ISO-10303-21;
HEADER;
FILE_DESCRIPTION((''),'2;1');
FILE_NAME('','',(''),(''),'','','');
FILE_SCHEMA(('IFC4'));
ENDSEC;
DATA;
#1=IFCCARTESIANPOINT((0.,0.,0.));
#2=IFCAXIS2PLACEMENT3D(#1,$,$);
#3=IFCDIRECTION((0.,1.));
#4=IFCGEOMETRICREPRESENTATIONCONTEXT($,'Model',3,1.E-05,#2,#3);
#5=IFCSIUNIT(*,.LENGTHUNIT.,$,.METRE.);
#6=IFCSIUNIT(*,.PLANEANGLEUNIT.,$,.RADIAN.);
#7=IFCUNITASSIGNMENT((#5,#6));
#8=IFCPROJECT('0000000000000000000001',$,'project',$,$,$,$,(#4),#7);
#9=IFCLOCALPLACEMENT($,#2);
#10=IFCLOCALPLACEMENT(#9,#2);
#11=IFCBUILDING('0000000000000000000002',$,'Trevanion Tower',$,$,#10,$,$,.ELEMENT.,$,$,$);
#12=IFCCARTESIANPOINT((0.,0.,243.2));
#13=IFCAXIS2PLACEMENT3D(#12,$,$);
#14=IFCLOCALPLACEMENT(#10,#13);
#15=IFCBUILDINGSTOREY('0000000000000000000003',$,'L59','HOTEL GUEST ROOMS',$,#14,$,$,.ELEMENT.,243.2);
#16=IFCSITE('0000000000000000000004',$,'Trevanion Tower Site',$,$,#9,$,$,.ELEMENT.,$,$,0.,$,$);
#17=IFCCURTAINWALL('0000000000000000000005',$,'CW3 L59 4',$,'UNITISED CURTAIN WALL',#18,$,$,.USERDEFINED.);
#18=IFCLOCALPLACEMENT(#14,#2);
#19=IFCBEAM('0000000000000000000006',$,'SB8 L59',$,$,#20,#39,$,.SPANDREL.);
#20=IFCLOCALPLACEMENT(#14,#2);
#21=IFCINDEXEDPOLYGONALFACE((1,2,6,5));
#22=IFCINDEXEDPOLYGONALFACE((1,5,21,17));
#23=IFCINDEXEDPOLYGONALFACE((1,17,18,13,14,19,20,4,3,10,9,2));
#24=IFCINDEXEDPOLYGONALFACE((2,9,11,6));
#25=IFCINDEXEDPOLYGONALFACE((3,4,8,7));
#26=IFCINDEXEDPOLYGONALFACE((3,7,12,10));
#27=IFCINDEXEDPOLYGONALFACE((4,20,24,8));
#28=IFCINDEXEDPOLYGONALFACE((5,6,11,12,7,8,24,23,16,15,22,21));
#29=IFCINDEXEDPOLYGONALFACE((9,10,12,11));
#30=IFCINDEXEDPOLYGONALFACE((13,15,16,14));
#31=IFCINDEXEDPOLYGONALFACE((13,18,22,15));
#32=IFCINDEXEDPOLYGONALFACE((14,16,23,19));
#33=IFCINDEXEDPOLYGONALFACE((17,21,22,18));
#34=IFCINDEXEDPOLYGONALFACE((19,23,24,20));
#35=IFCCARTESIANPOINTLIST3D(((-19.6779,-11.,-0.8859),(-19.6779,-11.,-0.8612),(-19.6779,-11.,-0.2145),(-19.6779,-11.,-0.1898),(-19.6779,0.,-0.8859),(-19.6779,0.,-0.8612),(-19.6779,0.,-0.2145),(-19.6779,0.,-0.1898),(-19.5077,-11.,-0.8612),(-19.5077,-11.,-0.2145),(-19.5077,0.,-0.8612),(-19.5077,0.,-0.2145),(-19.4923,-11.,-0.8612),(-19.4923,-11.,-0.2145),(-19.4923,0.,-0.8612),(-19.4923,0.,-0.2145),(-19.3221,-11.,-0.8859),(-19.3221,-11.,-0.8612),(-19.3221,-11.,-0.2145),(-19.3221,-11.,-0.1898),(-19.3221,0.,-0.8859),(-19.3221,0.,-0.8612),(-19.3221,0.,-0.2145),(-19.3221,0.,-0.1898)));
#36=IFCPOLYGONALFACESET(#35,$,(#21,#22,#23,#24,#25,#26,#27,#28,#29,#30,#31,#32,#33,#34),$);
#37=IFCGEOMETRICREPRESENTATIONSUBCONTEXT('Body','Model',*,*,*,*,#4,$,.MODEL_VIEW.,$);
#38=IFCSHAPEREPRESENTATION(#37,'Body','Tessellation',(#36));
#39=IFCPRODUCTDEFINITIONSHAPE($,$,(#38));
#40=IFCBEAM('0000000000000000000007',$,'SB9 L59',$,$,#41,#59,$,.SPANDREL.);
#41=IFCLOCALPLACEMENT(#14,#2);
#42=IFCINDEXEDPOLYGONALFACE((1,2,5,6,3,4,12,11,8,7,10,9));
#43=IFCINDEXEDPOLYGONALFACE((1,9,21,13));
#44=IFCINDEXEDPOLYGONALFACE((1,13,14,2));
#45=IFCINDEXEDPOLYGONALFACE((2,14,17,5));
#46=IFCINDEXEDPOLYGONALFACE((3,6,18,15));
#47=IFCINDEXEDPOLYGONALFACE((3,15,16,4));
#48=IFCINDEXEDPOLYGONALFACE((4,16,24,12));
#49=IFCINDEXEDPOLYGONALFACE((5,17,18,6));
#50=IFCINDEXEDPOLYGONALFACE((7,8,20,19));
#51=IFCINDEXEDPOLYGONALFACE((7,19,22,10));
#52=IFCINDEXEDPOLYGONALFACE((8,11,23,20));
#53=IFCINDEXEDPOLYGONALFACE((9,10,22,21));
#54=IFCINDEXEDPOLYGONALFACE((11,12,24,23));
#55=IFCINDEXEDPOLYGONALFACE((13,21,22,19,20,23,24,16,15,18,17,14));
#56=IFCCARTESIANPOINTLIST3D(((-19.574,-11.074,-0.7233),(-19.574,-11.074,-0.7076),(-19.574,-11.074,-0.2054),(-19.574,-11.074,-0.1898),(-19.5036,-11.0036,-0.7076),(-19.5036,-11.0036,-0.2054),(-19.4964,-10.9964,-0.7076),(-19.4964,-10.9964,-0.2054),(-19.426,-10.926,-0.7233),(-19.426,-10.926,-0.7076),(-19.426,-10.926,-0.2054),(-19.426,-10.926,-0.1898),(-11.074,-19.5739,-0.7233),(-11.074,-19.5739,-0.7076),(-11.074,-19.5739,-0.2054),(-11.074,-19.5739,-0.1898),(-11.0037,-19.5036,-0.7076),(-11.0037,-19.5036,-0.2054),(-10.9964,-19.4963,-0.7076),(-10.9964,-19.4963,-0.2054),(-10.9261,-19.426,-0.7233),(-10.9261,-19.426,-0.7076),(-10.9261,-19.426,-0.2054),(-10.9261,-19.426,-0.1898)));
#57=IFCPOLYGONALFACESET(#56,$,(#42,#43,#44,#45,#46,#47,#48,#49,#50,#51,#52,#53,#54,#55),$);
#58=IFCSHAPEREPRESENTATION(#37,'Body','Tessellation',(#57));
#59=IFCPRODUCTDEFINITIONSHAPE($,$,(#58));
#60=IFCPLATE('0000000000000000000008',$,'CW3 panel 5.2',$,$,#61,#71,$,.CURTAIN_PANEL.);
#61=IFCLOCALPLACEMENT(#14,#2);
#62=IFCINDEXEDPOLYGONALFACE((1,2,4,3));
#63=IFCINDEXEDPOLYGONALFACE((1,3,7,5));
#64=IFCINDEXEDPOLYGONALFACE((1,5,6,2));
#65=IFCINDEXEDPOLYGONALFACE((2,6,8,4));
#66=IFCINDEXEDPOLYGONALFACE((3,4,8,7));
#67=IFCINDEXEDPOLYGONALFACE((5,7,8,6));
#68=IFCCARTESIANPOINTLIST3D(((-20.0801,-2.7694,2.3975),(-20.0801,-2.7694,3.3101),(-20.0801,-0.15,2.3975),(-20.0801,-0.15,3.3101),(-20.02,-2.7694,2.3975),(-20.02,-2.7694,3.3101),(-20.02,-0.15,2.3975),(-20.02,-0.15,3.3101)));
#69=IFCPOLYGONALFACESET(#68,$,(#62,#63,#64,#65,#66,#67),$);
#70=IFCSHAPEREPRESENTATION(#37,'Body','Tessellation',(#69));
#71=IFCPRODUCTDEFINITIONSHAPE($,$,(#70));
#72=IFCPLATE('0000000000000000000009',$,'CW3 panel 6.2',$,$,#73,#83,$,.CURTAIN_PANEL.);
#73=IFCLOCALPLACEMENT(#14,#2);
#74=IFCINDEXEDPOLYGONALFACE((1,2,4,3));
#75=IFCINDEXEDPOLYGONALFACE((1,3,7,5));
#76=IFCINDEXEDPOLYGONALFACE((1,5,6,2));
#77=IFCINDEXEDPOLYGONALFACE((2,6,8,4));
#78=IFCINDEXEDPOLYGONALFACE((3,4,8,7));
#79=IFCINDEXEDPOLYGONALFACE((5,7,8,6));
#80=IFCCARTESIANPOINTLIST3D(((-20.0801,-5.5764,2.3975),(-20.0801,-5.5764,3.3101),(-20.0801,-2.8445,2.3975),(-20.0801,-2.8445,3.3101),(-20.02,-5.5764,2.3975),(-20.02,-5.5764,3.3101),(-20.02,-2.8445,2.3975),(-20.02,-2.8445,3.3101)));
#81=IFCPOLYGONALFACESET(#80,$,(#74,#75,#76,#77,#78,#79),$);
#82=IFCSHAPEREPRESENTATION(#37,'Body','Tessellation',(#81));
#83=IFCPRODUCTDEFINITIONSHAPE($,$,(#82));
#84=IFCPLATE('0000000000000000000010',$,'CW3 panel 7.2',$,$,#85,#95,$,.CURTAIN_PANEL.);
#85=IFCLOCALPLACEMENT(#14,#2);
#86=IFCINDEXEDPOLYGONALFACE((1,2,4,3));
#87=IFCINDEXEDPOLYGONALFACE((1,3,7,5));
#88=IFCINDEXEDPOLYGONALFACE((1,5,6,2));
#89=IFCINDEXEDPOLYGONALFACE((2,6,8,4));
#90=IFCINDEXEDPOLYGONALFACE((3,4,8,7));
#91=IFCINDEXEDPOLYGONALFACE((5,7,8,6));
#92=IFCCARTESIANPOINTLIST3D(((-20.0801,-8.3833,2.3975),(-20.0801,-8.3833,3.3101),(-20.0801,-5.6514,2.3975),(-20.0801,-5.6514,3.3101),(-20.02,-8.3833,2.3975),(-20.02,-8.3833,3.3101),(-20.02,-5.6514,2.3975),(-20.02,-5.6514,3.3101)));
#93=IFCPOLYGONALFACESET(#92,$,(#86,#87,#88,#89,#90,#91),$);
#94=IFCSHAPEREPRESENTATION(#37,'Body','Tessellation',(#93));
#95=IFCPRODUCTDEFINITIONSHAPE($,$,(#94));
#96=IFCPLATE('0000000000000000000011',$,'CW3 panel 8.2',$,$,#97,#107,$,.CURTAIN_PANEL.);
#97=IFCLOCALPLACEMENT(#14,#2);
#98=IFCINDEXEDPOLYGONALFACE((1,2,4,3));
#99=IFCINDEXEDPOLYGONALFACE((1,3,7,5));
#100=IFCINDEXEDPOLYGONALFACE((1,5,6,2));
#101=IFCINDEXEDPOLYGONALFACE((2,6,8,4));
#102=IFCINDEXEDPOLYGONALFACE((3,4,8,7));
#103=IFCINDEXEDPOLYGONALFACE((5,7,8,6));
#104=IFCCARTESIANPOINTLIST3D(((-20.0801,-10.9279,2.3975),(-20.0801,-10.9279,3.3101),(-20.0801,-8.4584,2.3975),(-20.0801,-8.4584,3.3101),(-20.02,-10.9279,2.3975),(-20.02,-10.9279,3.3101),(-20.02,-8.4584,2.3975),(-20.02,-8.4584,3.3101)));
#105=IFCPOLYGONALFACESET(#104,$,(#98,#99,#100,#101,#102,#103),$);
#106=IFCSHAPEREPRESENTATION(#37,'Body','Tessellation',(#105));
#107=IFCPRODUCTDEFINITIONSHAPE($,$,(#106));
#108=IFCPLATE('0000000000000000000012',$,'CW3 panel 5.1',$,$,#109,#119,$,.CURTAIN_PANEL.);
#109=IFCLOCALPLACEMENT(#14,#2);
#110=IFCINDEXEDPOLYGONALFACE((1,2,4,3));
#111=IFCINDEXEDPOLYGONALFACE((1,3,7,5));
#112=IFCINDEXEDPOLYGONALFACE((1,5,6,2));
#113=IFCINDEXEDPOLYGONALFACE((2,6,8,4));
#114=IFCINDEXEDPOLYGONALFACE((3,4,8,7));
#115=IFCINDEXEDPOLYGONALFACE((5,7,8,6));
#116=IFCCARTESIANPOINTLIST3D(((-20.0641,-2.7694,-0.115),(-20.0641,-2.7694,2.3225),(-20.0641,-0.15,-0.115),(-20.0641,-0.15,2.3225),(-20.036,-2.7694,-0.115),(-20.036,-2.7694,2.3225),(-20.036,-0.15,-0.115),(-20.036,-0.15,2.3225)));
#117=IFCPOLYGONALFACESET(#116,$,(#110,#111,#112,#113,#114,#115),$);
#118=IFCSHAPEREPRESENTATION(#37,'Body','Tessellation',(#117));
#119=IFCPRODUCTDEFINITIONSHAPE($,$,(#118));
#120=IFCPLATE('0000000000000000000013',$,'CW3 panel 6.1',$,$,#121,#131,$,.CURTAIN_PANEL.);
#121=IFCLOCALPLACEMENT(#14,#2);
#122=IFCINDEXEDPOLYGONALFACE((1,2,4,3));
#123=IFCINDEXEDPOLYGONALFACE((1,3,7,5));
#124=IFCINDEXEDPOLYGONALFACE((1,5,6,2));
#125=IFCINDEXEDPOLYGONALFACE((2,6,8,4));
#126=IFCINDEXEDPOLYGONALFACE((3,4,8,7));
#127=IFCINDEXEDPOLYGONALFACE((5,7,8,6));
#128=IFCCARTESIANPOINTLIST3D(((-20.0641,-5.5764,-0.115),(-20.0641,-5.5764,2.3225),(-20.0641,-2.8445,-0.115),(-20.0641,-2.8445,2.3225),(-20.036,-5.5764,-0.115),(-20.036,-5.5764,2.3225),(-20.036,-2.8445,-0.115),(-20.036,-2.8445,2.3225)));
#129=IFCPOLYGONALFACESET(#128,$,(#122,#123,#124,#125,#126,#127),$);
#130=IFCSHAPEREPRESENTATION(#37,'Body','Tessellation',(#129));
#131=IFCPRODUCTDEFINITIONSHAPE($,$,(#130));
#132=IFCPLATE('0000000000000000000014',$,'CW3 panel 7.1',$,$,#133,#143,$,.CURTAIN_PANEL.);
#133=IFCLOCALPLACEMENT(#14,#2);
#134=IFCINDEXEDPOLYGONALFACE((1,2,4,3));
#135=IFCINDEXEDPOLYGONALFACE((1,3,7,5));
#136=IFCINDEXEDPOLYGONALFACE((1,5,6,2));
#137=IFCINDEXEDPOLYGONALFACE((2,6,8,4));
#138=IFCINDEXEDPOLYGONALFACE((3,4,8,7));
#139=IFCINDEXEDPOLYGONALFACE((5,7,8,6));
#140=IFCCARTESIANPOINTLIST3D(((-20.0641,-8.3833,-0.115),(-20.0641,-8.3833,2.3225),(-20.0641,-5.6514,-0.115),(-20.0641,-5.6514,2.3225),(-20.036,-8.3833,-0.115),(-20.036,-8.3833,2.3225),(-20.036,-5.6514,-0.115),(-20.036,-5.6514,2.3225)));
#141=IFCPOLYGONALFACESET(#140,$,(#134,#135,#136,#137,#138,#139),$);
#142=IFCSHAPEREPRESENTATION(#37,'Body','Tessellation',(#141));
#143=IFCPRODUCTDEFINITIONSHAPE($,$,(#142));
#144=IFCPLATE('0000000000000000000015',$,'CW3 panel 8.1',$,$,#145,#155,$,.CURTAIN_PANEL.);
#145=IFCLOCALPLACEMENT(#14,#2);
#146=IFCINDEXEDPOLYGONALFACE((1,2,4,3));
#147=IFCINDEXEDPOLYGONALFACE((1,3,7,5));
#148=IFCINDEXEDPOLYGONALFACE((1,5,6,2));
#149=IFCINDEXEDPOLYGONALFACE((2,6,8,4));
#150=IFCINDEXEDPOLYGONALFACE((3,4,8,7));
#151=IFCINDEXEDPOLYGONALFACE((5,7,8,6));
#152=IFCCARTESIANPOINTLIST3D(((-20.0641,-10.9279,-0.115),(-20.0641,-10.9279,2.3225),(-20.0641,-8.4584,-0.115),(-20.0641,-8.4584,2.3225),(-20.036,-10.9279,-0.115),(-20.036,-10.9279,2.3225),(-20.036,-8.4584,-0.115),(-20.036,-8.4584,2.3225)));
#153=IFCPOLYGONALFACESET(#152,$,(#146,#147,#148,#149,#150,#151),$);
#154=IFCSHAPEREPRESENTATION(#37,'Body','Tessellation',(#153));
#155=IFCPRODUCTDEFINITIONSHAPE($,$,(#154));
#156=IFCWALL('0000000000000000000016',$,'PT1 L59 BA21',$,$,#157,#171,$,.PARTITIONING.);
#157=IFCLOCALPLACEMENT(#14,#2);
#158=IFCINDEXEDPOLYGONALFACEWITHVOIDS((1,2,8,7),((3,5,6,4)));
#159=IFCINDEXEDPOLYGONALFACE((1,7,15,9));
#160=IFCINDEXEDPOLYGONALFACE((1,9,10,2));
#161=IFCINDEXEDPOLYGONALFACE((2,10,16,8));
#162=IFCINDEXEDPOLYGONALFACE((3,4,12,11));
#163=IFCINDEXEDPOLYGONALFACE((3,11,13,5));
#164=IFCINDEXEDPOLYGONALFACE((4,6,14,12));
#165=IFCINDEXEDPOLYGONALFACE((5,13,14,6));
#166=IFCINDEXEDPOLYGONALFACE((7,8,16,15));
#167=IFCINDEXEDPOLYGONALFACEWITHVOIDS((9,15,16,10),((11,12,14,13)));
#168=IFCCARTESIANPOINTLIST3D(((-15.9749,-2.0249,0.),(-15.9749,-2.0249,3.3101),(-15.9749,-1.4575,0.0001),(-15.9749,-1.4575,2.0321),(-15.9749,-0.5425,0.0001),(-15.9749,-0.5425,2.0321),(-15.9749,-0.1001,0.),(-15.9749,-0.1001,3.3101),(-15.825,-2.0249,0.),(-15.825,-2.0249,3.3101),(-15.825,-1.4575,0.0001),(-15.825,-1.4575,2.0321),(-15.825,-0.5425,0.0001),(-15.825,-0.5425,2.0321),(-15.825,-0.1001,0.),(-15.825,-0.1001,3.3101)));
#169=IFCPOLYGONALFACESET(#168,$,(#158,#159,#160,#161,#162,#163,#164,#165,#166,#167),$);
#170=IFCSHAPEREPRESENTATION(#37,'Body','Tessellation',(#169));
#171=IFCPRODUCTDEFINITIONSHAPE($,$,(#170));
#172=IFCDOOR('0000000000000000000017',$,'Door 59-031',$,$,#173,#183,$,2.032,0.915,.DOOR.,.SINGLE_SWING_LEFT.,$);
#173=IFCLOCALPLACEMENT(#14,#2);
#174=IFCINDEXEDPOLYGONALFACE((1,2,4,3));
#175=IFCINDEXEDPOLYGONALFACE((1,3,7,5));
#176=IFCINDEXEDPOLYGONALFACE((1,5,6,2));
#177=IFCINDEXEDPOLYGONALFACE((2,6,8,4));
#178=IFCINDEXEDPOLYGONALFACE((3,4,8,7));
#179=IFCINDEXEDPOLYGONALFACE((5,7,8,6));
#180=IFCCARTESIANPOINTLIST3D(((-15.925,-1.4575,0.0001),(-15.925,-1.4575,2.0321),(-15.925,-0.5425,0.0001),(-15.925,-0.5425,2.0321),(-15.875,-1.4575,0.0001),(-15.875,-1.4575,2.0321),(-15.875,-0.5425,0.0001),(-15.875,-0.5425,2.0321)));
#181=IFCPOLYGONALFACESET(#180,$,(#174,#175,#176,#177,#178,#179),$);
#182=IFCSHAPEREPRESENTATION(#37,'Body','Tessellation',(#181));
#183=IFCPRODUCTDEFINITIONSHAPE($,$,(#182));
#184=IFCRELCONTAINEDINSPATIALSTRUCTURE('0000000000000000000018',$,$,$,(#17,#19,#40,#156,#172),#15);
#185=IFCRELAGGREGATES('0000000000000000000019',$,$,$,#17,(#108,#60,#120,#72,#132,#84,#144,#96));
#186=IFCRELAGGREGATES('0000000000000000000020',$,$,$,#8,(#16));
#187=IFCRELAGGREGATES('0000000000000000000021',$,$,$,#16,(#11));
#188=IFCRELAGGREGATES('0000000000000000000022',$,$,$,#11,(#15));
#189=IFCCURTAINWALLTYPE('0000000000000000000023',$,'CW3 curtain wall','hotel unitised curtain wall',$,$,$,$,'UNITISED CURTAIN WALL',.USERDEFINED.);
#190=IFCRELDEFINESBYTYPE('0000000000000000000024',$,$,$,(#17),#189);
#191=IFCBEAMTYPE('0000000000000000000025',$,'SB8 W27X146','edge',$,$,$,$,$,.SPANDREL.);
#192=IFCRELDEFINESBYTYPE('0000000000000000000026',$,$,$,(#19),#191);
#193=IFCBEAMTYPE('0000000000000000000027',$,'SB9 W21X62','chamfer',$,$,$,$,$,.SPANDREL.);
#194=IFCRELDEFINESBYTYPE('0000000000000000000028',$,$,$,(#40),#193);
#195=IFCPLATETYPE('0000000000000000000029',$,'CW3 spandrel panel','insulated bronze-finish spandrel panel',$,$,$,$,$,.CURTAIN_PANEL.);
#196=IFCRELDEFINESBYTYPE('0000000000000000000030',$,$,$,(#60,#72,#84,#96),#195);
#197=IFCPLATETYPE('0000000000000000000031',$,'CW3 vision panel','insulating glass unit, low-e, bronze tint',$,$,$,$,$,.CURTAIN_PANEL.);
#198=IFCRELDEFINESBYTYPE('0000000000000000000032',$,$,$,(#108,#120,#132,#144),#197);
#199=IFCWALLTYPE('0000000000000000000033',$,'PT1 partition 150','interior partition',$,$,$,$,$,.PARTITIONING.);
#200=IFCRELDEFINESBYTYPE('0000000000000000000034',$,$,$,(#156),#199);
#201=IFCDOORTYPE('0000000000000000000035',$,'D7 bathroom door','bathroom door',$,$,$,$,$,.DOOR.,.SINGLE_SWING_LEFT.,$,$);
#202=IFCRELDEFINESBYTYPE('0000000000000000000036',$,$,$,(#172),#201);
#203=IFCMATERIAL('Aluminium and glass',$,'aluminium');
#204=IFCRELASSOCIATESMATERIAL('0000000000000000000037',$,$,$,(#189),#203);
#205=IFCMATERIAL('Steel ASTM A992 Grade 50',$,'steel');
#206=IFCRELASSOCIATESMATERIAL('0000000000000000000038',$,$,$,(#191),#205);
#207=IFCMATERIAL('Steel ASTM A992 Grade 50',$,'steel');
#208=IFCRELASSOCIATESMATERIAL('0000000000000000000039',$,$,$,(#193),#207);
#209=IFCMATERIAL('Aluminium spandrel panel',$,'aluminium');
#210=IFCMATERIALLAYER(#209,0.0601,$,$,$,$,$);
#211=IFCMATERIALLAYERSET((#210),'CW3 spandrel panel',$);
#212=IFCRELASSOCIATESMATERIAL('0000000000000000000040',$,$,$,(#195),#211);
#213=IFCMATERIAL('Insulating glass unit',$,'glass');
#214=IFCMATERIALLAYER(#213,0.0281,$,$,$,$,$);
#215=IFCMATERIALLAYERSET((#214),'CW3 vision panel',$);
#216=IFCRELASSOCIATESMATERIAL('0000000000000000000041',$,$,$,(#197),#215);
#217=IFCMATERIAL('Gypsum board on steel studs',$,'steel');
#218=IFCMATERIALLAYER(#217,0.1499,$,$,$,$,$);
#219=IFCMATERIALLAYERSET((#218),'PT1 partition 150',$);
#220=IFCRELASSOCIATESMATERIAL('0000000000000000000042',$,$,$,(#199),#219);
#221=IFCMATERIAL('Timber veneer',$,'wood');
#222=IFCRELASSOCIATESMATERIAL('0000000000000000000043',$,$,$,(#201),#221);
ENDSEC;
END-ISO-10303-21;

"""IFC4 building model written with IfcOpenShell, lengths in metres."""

from ifc_helpers import new_model, si_unit, direction, frame, frame_2d, origin, origin_2d, place, context, subcontext, project, spatial, rectangle, i_section, extrude, material, layer, layer_set, material_profile, profile_set, type_object, element, fill, aggregate, save


model = new_model("IFC4")

# Units and contexts
model_context = context("Model", 3, precision=1e-05, world=origin(), true_north=direction((0.0, 1.0)))
body_context = subcontext(model_context, "Body", "Model", "MODEL_VIEW")
ifc_project = project(units=[si_unit("LENGTHUNIT", "METRE"), si_unit("PLANEANGLEUNIT", "RADIAN")], contexts=[model_context])

# Site, building, storey
site_placement = place(None, origin())
site = spatial("IfcSite", under=ifc_project, at=site_placement, Name="Trevanion Tower Site", CompositionType="ELEMENT", RefElevation=0.0)
building_placement = place(site_placement, origin())
building = spatial("IfcBuilding", under=site, at=building_placement, Name="Trevanion Tower", CompositionType="ELEMENT")
storey_placement = place(building_placement, frame((0.0, 0.0, 243.2)))
storey = spatial("IfcBuildingStorey", under=building, at=storey_placement, Name="L59", Description="HOTEL GUEST ROOMS", CompositionType="ELEMENT", Elevation=243.2)

# Curtain wall
ifc_material_1 = material(Name="Aluminium and glass", Category="aluminium")
curtain_wall_type = type_object("IfcCurtainWallType", Name="CW3 curtain wall", Description="hotel unitised curtain wall", ElementType="UNITISED CURTAIN WALL", PredefinedType="USERDEFINED", material=ifc_material_1)
curtain_wall_placement = place(storey_placement, origin())
curtain_wall = element("IfcCurtainWall", 1, at=curtain_wall_placement, inside=storey, type_object=curtain_wall_type, Name="CW3 L59 4", ObjectType="UNITISED CURTAIN WALL", PredefinedType="USERDEFINED")

# Beams
ifc_material_2 = material(Name="Steel ASTM A992 Grade 50", Category="steel")
ifc_material_profile_1 = material_profile(ifc_material_2, i_section(OverallWidth=0.3557, OverallDepth=0.696, WebThickness=0.0154, FlangeThickness=0.0247, at=origin_2d()), Name="W27X146")
ifc_profile_set_1 = profile_set([ifc_material_profile_1], Name="Steel ASTM A992 Grade 50")
beam_type_1 = type_object("IfcBeamType", Name="SB8 W27X146", Description="edge", PredefinedType="SPANDREL", material=ifc_profile_set_1)
beam_1_placement = place(storey_placement, frame((-19.5, 0.0, -0.5378), z_axis=(0.0, -1.0, 0.0), x_axis=(1.0, 0.0, 0.0)))
element("IfcBeam", 2, at=beam_1_placement, inside=storey, type_object=beam_type_1, Name="SB8 L59", PredefinedType="SPANDREL", context=body_context, shape_type="SweptSolid", body=[
    extrude(i_section(OverallWidth=0.3557, OverallDepth=0.696, WebThickness=0.0154, FlangeThickness=0.0247, at=origin_2d()), origin(), (0.0, 0.0, 1.0), 11.0),
])
ifc_material_3 = material(Name="Steel ASTM A992 Grade 50", Category="steel")
ifc_material_profile_2 = material_profile(ifc_material_3, i_section(OverallWidth=0.2092, OverallDepth=0.5334, WebThickness=0.0103, FlangeThickness=0.0156, at=origin_2d()), Name="W21X62")
ifc_profile_set_2 = profile_set([ifc_material_profile_2], Name="Steel ASTM A992 Grade 50")
beam_type_2 = type_object("IfcBeamType", Name="SB9 W21X62", Description="chamfer", PredefinedType="SPANDREL", material=ifc_profile_set_2)
beam_2_placement = place(storey_placement, frame((-19.5, -11.0, -0.4565), z_axis=(0.707107, -0.707107, 0.0), x_axis=(0.707107, 0.707107, 0.0)))
element("IfcBeam", 3, at=beam_2_placement, inside=storey, type_object=beam_type_2, Name="SB9 L59", PredefinedType="SPANDREL", context=body_context, shape_type="SweptSolid", body=[
    extrude(i_section(OverallWidth=0.2092, OverallDepth=0.5334, WebThickness=0.0103, FlangeThickness=0.0156, at=origin_2d()), origin(), (0.0, 0.0, 1.0), 12.0208),
])

# Plates
ifc_material_4 = material(Name="Aluminium spandrel panel", Category="aluminium")
ifc_layer_1 = layer(ifc_material_4, 0.0601)
ifc_layer_set_1 = layer_set([ifc_layer_1], Name="CW3 spandrel panel")
plate_type_1 = type_object("IfcPlateType", Name="CW3 spandrel panel", Description="insulated bronze-finish spandrel panel", PredefinedType="CURTAIN_PANEL", material=ifc_layer_set_1)
plate_1_placement = place(storey_placement, frame((-20.05, -1.4597, 2.3975), z_axis=(0.0, 0.0, 1.0), x_axis=(0.0, -1.0, 0.0)))
plate_1 = element("IfcPlate", 4, at=plate_1_placement, type_object=plate_type_1, Name="CW3 panel 5.2", PredefinedType="CURTAIN_PANEL", context=body_context, shape_type="SweptSolid", body=[
    extrude(rectangle(XDim=2.6194, YDim=0.0601, at=origin_2d()), origin(), (0.0, 0.0, 1.0), 0.9126),
])
plate_2_placement = place(storey_placement, frame((-20.05, -4.2104, 2.3975), z_axis=(0.0, 0.0, 1.0), x_axis=(0.0, -1.0, 0.0)))
plate_2 = element("IfcPlate", 5, at=plate_2_placement, type_object=plate_type_1, Name="CW3 panel 6.2", PredefinedType="CURTAIN_PANEL", context=body_context, shape_type="SweptSolid", body=[
    extrude(rectangle(XDim=2.7319, YDim=0.0601, at=origin_2d()), origin(), (0.0, 0.0, 1.0), 0.9126),
])
plate_3_placement = place(storey_placement, frame((-20.05, -7.0173, 2.3975), z_axis=(0.0, 0.0, 1.0), x_axis=(0.0, -1.0, 0.0)))
plate_3 = element("IfcPlate", 6, at=plate_3_placement, type_object=plate_type_1, Name="CW3 panel 7.2", PredefinedType="CURTAIN_PANEL", context=body_context, shape_type="SweptSolid", body=[
    extrude(rectangle(XDim=2.7319, YDim=0.0601, at=origin_2d()), origin(), (0.0, 0.0, 1.0), 0.9126),
])
plate_4_placement = place(storey_placement, frame((-20.05, -9.6931, 2.3975), z_axis=(0.0, 0.0, 1.0), x_axis=(0.0, -1.0, 0.0)))
plate_4 = element("IfcPlate", 7, at=plate_4_placement, type_object=plate_type_1, Name="CW3 panel 8.2", PredefinedType="CURTAIN_PANEL", context=body_context, shape_type="SweptSolid", body=[
    extrude(rectangle(XDim=2.4695, YDim=0.0601, at=origin_2d()), origin(), (0.0, 0.0, 1.0), 0.9126),
])
ifc_material_5 = material(Name="Insulating glass unit", Category="glass")
ifc_layer_2 = layer(ifc_material_5, 0.0281)
ifc_layer_set_2 = layer_set([ifc_layer_2], Name="CW3 vision panel")
plate_type_2 = type_object("IfcPlateType", Name="CW3 vision panel", Description="insulating glass unit, low-e, bronze tint", PredefinedType="CURTAIN_PANEL", material=ifc_layer_set_2)
plate_5_placement = place(storey_placement, frame((-20.05, -1.4597, -0.115), z_axis=(0.0, 0.0, 1.0), x_axis=(0.0, -1.0, 0.0)))
plate_5 = element("IfcPlate", 8, at=plate_5_placement, type_object=plate_type_2, Name="CW3 panel 5.1", PredefinedType="CURTAIN_PANEL", context=body_context, shape_type="SweptSolid", body=[
    extrude(rectangle(XDim=2.6194, YDim=0.0281, at=origin_2d()), origin(), (0.0, 0.0, 1.0), 2.4375),
])
plate_6_placement = place(storey_placement, frame((-20.05, -4.2104, -0.115), z_axis=(0.0, 0.0, 1.0), x_axis=(0.0, -1.0, 0.0)))
plate_6 = element("IfcPlate", 9, at=plate_6_placement, type_object=plate_type_2, Name="CW3 panel 6.1", PredefinedType="CURTAIN_PANEL", context=body_context, shape_type="SweptSolid", body=[
    extrude(rectangle(XDim=2.7319, YDim=0.0281, at=origin_2d()), origin(), (0.0, 0.0, 1.0), 2.4375),
])
plate_7_placement = place(storey_placement, frame((-20.05, -7.0173, -0.115), z_axis=(0.0, 0.0, 1.0), x_axis=(0.0, -1.0, 0.0)))
plate_7 = element("IfcPlate", 10, at=plate_7_placement, type_object=plate_type_2, Name="CW3 panel 7.1", PredefinedType="CURTAIN_PANEL", context=body_context, shape_type="SweptSolid", body=[
    extrude(rectangle(XDim=2.7319, YDim=0.0281, at=origin_2d()), origin(), (0.0, 0.0, 1.0), 2.4375),
])
plate_8_placement = place(storey_placement, frame((-20.05, -9.6931, -0.115), z_axis=(0.0, 0.0, 1.0), x_axis=(0.0, -1.0, 0.0)))
plate_8 = element("IfcPlate", 11, at=plate_8_placement, type_object=plate_type_2, Name="CW3 panel 8.1", PredefinedType="CURTAIN_PANEL", context=body_context, shape_type="SweptSolid", body=[
    extrude(rectangle(XDim=2.4695, YDim=0.0281, at=origin_2d()), origin(), (0.0, 0.0, 1.0), 2.4375),
])
aggregate(curtain_wall, [plate_5, plate_1, plate_6, plate_2, plate_7, plate_3, plate_8, plate_4])

# Wall, opening, door
ifc_material_6 = material(Name="Gypsum board on steel studs", Category="steel")
ifc_layer_3 = layer(ifc_material_6, 0.1499)
ifc_layer_set_3 = layer_set([ifc_layer_3], Name="PT1 partition 150")
wall_type_1 = type_object("IfcWallType", Name="PT1 partition 150", Description="interior partition", PredefinedType="PARTITIONING", material=ifc_layer_set_3)
wall_1_placement = place(storey_placement, frame((-15.8999, -0.1001, 0.0), z_axis=(0.0, 0.0, 1.0), x_axis=(0.0, -1.0, 0.0)))
wall_1 = element("IfcWall", 12, at=wall_1_placement, inside=storey, type_object=wall_type_1, Name="PT1 L59 BA21", PredefinedType="PARTITIONING", context=body_context, shape_type="SweptSolid", body=[
    extrude(rectangle(XDim=1.9248, YDim=0.1499, at=frame_2d((0.9624, 0.0))), origin(), (0.0, 0.0, 1.0), 3.3101),
])
opening_1_placement = place(wall_1_placement, frame((0.4424, 0.0, 0.0)))
opening_1 = element("IfcOpeningElement", 13, at=opening_1_placement, cuts=wall_1, PredefinedType="OPENING", context=body_context, shape_type="SweptSolid", body=[
    extrude(rectangle(XDim=0.915, YDim=2.032, at=frame_2d((0.4575, 1.0161))), frame((0.0, 0.085, 0.0), z_axis=(0.0, -1.0, 0.0), x_axis=(1.0, 0.0, 0.0)), (0.0, 0.0, 1.0), 0.1699),
])
ifc_material_7 = material(Name="Timber veneer", Category="wood")
door_type = type_object("IfcDoorType", Name="D7 bathroom door", Description="bathroom door", OperationType="SINGLE_SWING_LEFT", PredefinedType="DOOR", material=ifc_material_7)
door_1_placement = place(opening_1_placement, origin())
door_1 = element("IfcDoor", 14, at=door_1_placement, inside=storey, type_object=door_type, Name="Door 59-031", OperationType="SINGLE_SWING_LEFT", OverallHeight=2.032, OverallWidth=0.915, PredefinedType="DOOR", context=body_context, shape_type="SweptSolid", body=[
    extrude(rectangle(XDim=0.915, YDim=2.032, at=frame_2d((0.4575, 1.0161))), frame((0.0, 0.0249, 0.0), z_axis=(0.0, -1.0, 0.0), x_axis=(1.0, 0.0, 0.0)), (0.0, 0.0, 1.0), 0.05),
])
fill(opening_1, door_1)

save(model, "model.ifc")
